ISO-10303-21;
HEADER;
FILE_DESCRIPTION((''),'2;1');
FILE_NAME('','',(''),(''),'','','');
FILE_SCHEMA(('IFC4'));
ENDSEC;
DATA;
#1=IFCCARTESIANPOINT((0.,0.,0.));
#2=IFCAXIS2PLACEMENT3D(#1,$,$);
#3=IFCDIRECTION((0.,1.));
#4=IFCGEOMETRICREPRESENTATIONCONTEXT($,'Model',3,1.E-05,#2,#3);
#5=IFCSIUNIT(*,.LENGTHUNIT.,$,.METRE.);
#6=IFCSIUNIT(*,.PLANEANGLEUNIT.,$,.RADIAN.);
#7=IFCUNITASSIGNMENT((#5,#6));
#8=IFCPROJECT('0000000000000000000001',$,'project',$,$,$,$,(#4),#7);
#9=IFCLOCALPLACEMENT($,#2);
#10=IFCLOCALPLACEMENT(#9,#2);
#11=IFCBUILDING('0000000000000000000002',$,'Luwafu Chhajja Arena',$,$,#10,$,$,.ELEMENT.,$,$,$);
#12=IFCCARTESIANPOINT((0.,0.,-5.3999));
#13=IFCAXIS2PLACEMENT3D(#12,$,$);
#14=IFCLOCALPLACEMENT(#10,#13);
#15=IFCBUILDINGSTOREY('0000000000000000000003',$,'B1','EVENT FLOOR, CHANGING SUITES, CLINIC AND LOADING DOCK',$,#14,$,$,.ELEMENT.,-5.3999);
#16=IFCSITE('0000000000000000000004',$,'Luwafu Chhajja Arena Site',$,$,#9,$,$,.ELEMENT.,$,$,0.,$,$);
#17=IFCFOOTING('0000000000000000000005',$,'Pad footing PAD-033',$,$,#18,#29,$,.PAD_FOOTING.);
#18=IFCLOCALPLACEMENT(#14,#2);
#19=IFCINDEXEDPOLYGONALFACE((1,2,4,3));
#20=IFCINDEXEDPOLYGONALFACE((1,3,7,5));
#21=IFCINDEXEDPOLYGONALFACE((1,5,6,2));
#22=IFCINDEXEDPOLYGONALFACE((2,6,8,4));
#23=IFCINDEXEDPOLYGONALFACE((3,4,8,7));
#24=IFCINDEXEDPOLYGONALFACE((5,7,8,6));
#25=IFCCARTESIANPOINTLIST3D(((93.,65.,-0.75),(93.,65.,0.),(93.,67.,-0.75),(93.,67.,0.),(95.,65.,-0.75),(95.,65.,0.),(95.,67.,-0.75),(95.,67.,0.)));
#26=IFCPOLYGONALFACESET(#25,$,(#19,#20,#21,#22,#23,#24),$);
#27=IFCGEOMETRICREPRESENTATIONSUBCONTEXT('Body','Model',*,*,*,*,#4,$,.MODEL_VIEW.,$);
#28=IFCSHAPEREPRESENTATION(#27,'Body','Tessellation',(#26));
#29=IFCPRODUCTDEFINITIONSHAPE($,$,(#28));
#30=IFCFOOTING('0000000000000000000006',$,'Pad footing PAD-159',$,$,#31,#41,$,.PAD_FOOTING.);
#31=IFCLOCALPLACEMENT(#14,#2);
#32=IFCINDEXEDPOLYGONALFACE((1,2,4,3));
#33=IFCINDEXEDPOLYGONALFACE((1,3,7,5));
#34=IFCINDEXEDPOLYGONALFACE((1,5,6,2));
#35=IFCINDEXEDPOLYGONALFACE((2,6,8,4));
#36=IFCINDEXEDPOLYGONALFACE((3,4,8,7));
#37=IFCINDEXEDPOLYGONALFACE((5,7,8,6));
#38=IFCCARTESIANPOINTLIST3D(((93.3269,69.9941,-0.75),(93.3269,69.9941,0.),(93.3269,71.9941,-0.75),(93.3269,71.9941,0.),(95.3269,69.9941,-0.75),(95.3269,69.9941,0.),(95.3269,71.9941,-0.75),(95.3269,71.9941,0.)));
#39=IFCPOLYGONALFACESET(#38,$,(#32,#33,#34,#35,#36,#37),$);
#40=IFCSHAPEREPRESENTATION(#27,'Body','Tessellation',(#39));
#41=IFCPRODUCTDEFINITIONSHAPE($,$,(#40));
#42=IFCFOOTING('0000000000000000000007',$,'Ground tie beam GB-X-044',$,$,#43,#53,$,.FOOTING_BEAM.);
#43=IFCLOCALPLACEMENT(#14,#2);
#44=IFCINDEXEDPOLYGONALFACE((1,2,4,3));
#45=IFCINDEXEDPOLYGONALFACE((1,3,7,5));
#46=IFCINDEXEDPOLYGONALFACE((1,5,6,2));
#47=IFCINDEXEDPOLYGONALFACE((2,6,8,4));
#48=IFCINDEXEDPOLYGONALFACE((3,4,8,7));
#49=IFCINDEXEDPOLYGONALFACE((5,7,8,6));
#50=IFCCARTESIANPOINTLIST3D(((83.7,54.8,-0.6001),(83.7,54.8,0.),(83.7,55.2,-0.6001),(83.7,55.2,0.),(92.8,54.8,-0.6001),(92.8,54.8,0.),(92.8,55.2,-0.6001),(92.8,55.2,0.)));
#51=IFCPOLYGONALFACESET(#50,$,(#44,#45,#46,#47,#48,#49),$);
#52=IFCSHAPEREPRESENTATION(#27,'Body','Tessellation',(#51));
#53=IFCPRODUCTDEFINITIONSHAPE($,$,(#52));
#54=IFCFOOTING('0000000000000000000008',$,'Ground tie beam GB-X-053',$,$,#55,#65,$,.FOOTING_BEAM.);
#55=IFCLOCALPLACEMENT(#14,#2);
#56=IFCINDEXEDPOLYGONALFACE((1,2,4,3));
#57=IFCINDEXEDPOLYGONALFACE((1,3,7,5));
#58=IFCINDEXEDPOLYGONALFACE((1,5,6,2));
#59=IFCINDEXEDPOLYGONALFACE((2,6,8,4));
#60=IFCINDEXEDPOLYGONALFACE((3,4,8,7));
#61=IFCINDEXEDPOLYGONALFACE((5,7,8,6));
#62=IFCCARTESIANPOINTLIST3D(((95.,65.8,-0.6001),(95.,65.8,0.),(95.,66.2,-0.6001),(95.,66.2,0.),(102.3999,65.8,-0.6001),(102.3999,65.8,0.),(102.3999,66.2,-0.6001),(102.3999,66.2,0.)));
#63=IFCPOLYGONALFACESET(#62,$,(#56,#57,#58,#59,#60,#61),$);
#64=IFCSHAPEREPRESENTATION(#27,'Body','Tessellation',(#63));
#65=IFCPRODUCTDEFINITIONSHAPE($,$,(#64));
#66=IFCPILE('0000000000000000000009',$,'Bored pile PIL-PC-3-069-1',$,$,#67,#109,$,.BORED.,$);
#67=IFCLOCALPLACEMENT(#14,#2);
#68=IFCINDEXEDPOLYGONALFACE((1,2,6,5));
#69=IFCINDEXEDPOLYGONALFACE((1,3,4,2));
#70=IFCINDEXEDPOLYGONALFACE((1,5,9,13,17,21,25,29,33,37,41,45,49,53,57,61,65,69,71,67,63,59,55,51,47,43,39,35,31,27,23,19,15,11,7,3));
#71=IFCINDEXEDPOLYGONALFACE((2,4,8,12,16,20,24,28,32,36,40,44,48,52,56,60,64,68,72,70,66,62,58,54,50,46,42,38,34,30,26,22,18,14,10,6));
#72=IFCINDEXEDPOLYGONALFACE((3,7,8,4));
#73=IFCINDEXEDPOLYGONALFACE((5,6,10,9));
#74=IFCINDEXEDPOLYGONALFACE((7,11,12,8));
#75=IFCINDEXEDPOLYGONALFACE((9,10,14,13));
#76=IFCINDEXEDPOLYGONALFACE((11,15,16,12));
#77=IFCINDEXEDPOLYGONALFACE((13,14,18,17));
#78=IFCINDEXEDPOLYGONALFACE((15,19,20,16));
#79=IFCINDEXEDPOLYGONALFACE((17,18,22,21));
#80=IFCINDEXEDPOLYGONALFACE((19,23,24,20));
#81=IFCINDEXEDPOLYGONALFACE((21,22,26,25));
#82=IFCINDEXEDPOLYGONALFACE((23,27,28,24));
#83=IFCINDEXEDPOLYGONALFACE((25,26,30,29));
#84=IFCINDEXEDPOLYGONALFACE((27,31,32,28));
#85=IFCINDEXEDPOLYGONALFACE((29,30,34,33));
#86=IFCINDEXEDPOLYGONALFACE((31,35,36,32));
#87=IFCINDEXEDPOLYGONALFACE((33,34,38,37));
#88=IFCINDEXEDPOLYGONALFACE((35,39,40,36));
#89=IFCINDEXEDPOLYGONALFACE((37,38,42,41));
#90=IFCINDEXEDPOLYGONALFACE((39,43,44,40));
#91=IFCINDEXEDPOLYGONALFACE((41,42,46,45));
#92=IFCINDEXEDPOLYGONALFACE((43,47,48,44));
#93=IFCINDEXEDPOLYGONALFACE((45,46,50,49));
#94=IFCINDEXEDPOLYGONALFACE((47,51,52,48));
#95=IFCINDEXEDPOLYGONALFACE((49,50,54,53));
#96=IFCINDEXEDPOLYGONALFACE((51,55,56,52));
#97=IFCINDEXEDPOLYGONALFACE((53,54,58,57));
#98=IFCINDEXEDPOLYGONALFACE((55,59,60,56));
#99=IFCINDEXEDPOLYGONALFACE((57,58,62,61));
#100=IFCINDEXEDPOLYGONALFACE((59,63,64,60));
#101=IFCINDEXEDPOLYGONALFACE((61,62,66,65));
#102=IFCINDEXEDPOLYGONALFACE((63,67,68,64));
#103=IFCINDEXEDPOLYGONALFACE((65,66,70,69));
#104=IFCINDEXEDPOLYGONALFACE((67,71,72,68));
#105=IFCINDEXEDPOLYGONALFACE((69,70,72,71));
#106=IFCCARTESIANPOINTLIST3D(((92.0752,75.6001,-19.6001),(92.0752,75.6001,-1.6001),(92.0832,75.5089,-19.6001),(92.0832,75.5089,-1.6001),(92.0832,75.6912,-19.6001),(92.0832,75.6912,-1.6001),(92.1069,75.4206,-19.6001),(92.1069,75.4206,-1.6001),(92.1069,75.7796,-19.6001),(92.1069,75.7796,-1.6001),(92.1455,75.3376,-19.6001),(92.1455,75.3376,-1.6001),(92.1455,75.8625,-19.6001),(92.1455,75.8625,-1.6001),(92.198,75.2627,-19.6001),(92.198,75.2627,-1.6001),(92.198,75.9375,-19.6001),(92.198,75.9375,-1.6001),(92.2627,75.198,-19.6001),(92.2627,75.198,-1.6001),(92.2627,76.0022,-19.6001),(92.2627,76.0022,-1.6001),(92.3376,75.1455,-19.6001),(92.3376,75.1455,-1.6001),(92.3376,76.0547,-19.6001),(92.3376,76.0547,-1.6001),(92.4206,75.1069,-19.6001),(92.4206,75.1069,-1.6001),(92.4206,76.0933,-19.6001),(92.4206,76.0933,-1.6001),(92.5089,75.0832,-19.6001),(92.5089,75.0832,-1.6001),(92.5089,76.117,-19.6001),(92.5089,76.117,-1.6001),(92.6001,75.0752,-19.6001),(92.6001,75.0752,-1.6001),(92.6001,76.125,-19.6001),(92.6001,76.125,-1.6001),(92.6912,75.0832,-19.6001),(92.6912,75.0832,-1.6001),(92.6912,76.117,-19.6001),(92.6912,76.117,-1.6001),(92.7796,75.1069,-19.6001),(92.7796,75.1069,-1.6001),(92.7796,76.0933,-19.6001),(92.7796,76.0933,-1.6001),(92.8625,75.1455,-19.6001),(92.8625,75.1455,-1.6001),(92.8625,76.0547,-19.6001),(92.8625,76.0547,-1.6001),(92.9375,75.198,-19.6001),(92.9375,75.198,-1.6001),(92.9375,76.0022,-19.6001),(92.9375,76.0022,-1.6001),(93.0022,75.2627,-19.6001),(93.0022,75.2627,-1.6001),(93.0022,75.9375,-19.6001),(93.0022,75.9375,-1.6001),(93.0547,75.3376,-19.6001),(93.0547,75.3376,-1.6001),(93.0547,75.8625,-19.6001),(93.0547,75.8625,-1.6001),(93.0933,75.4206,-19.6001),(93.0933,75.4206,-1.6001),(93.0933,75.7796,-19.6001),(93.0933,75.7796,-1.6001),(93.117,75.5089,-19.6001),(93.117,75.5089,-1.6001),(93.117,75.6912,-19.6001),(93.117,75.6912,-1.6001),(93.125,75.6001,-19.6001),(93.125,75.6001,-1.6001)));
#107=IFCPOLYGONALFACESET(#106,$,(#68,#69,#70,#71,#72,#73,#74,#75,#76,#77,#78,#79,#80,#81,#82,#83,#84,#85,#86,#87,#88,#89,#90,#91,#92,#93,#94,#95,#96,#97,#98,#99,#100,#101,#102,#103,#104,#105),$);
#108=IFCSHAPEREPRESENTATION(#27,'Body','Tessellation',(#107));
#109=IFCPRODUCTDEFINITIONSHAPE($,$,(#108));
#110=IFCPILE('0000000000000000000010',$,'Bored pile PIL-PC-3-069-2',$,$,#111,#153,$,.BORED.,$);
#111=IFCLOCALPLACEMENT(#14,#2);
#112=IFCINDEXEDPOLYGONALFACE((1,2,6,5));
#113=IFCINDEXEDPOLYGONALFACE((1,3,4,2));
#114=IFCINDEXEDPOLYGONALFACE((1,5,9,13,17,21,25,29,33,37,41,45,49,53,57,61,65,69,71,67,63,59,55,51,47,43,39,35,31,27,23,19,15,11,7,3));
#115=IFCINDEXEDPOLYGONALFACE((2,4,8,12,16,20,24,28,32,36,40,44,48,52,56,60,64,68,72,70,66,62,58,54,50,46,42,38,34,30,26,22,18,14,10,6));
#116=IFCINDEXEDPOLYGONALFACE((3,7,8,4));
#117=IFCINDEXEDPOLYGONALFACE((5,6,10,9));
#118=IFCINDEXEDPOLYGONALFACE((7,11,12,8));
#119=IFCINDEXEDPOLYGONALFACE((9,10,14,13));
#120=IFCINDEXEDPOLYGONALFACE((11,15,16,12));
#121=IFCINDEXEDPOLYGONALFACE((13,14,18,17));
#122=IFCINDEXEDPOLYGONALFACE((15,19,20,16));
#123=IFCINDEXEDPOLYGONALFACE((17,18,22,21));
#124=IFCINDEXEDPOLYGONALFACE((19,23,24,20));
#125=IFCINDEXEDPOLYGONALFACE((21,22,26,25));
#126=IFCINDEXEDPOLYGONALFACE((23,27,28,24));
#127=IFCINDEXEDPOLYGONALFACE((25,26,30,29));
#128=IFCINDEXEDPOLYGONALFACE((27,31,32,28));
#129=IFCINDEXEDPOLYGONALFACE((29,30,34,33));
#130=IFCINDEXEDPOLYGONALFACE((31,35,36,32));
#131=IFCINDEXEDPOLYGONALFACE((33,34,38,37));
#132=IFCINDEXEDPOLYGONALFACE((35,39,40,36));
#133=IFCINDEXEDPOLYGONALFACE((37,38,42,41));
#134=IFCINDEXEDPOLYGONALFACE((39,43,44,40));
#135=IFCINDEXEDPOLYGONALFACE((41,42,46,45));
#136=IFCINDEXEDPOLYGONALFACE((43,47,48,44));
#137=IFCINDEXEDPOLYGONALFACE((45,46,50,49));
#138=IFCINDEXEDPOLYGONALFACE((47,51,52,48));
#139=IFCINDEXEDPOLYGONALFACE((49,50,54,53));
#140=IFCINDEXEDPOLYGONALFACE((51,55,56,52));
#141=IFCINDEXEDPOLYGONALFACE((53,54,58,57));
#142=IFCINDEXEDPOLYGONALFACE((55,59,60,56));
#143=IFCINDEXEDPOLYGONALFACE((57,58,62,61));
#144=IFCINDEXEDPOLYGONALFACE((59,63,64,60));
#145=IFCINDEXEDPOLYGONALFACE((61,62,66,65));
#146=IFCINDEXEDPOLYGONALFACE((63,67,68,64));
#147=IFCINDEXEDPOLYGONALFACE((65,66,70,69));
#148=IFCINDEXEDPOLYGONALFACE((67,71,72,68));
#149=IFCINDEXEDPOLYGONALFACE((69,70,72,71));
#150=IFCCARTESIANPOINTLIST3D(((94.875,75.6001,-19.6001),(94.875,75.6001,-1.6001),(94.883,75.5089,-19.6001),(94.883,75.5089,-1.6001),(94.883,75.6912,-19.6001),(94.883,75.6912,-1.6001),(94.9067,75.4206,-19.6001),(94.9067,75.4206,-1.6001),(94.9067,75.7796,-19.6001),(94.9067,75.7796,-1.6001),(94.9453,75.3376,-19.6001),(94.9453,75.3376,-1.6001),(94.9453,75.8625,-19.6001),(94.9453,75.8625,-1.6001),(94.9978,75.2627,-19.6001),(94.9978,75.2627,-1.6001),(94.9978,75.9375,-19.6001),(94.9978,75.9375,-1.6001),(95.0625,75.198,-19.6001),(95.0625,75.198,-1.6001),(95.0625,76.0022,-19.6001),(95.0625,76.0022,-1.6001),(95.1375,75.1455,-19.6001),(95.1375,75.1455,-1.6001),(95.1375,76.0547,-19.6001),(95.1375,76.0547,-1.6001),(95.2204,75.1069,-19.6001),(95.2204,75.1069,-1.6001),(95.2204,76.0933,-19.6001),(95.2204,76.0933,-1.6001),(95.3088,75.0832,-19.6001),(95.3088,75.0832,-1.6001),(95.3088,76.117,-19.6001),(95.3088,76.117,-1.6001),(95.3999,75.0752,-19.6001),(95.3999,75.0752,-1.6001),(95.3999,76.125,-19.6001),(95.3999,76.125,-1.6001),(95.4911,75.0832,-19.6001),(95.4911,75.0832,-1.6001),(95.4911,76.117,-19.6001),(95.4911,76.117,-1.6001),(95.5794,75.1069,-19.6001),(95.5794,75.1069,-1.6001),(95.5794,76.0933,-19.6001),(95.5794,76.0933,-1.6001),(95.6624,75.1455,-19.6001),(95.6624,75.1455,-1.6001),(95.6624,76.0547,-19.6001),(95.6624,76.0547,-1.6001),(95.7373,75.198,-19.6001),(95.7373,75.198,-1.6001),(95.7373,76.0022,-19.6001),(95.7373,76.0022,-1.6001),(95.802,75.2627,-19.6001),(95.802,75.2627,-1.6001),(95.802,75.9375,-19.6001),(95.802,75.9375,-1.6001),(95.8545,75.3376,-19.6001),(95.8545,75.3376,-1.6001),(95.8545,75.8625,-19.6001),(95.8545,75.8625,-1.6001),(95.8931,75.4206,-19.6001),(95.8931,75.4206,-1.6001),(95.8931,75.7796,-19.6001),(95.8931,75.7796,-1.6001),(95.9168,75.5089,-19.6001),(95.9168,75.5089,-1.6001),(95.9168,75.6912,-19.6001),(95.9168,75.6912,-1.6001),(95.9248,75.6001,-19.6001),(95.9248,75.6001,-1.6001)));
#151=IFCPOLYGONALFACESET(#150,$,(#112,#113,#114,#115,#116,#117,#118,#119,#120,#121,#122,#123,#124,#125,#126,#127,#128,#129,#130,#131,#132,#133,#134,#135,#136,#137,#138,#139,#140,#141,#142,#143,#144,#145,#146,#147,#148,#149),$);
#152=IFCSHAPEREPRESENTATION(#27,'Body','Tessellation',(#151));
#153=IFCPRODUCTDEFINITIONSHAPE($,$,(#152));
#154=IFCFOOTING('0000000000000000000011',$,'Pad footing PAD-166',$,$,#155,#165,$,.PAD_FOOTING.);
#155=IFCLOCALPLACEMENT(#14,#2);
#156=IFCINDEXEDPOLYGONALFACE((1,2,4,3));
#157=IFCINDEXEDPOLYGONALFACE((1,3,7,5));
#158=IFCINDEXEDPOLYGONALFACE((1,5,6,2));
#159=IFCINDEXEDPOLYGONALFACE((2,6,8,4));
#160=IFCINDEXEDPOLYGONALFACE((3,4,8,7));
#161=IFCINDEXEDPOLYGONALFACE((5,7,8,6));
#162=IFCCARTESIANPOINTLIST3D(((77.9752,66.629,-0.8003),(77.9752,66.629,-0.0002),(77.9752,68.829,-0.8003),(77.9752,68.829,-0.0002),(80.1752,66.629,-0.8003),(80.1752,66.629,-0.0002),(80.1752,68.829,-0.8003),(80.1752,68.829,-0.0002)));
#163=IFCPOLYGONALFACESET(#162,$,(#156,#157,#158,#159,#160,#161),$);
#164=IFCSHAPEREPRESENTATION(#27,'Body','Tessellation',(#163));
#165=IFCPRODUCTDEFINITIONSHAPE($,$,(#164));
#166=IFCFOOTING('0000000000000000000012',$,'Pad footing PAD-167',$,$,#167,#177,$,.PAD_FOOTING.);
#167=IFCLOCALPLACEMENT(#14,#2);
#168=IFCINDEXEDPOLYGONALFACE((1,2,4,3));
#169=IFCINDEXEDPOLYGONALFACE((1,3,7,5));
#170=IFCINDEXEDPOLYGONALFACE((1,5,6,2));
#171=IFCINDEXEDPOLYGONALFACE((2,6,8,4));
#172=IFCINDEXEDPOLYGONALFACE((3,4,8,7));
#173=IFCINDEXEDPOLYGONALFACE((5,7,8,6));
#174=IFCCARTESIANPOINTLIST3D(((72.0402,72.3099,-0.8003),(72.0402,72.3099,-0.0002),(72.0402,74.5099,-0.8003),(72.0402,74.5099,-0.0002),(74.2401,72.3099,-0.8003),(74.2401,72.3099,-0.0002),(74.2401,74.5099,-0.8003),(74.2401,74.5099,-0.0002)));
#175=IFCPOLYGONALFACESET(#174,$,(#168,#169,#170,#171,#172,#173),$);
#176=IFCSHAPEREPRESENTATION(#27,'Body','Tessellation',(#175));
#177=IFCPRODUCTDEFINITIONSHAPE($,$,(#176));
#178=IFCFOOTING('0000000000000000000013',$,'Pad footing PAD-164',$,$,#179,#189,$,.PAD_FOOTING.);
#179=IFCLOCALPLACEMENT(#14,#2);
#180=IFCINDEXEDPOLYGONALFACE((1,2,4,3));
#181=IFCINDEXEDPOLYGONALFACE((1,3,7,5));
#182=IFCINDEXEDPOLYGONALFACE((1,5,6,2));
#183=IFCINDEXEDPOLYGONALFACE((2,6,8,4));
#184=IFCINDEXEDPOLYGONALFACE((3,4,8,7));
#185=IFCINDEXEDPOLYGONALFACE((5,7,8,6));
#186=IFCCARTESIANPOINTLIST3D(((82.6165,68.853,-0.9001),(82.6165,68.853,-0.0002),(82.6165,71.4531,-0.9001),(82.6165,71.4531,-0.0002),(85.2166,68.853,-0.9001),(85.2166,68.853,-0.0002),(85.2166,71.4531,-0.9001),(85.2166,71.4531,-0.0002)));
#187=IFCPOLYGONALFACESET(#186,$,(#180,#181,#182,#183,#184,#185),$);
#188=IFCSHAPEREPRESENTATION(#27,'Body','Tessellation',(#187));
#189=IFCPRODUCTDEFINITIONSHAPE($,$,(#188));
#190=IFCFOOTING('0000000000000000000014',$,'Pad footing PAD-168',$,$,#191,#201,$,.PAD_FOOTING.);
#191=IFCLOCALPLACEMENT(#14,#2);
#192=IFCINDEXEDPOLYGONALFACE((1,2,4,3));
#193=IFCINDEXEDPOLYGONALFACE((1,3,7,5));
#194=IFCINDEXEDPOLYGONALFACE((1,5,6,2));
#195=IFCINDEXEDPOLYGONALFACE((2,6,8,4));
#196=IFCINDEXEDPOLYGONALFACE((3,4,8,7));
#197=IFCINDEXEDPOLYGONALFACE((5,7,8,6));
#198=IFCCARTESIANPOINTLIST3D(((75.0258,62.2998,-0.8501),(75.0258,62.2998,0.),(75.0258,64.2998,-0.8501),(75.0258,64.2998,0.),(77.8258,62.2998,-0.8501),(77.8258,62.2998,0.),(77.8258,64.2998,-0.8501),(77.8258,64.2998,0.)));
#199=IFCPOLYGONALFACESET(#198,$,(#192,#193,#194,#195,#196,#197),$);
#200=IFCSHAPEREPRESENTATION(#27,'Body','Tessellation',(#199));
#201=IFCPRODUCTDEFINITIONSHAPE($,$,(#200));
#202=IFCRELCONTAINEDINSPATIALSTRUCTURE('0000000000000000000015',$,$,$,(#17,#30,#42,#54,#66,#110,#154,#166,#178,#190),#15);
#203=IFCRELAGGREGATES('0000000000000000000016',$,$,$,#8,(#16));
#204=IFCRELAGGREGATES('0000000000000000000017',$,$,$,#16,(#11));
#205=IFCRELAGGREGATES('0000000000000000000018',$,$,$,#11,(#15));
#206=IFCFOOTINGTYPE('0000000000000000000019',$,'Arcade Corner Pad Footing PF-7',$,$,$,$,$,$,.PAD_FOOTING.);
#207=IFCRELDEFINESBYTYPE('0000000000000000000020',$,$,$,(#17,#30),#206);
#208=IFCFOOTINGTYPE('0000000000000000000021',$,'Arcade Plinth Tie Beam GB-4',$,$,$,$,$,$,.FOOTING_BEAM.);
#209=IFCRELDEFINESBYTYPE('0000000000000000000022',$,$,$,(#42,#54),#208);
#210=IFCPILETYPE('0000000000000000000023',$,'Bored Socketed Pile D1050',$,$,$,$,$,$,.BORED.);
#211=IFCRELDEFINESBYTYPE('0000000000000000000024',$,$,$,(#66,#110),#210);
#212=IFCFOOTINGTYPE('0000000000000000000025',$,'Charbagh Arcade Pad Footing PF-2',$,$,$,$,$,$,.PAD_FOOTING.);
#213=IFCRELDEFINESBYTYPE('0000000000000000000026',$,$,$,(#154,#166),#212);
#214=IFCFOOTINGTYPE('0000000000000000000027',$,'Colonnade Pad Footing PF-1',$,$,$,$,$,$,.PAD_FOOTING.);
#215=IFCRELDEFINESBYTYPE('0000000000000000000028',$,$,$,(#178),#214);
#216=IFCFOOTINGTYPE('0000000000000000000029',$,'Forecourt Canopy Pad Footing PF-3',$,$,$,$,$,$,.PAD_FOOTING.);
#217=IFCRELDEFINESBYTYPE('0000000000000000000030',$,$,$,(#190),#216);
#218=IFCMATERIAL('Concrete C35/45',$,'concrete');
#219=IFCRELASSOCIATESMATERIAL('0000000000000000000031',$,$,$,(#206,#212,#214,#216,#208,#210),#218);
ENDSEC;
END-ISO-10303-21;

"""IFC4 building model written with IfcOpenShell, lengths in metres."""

from ifc_helpers import new_model, si_unit, direction, frame, origin, origin_2d, place, context, subcontext, project, spatial, rectangle, circle, extrude, material, material_profile, profile_set, type_object, element, save


model = new_model("IFC4")

# Units and contexts
model_context = context("Model", 3, precision=1e-05, world=origin(), true_north=direction((0.0, 1.0)))
body_context = subcontext(model_context, "Body", "Model", "MODEL_VIEW")
ifc_project = project(units=[si_unit("LENGTHUNIT", "METRE"), si_unit("PLANEANGLEUNIT", "RADIAN")], contexts=[model_context])

# Site, building, storey
site_placement = place(None, origin())
site = spatial("IfcSite", under=ifc_project, at=site_placement, Name="Luwafu Chhajja Arena Site", CompositionType="ELEMENT", RefElevation=0.0)
building_placement = place(site_placement, origin())
building = spatial("IfcBuilding", under=site, at=building_placement, Name="Luwafu Chhajja Arena", CompositionType="ELEMENT")
storey_placement = place(building_placement, frame((0.0, 0.0, -5.3999)))
storey = spatial("IfcBuildingStorey", under=building, at=storey_placement, Name="B1", Description="EVENT FLOOR, CHANGING SUITES, CLINIC AND LOADING DOCK", CompositionType="ELEMENT", Elevation=-5.3999)

# Footings
ifc_material_1 = material(Name="Concrete C35/45", Category="concrete")
footing_type_1 = type_object("IfcFootingType", Name="Arcade Corner Pad Footing PF-7", PredefinedType="PAD_FOOTING", material=ifc_material_1)
for number, where, z_axis, x_axis, name in (
    (1, (94.0, 66.0, -0.75), (0.0, 0.0, 1.0), (1.0, 0.0, 0.0), "Pad footing PAD-033"),
    (2, (94.3269, 70.9941, -0.75), (0.0, 0.0, 1.0), (1.0, 0.0, 0.0), "Pad footing PAD-159"),
):
    element("IfcFooting", number, at=place(storey_placement, frame(where, z_axis=z_axis, x_axis=x_axis)), inside=storey, type_object=footing_type_1, Name=name, PredefinedType="PAD_FOOTING", context=body_context, shape_type="SweptSolid", body=[
        extrude(rectangle(XDim=2.0, YDim=2.0, at=origin_2d()), origin(), (0.0, 0.0, 1.0), 0.75),
    ])
ifc_material_profile_1 = material_profile(ifc_material_1, rectangle(XDim=0.3999, YDim=0.6001, at=origin_2d()), Name="RC 400x600")
ifc_profile_set_1 = profile_set([ifc_material_profile_1], Name="Concrete C35/45")
footing_type_2 = type_object("IfcFootingType", Name="Arcade Plinth Tie Beam GB-4", PredefinedType="FOOTING_BEAM", material=ifc_profile_set_1)
footing_1_placement = place(storey_placement, frame((83.7, 55.0, -0.3), z_axis=(1.0, 0.0, 0.0), x_axis=(0.0, 1.0, 0.0)))
element("IfcFooting", 3, at=footing_1_placement, inside=storey, type_object=footing_type_2, Name="Ground tie beam GB-X-044", PredefinedType="FOOTING_BEAM", context=body_context, shape_type="SweptSolid", body=[
    extrude(rectangle(XDim=0.3999, YDim=0.6001, at=origin_2d()), origin(), (0.0, 0.0, 1.0), 9.1001),
])
footing_2_placement = place(storey_placement, frame((95.0, 66.0, -0.3), z_axis=(1.0, 0.0, 0.0), x_axis=(0.0, 1.0, 0.0)))
element("IfcFooting", 4, at=footing_2_placement, inside=storey, type_object=footing_type_2, Name="Ground tie beam GB-X-053", PredefinedType="FOOTING_BEAM", context=body_context, shape_type="SweptSolid", body=[
    extrude(rectangle(XDim=0.3999, YDim=0.6001, at=origin_2d()), origin(), (0.0, 0.0, 1.0), 7.3999),
])

# Piles
ifc_material_profile_2 = material_profile(ifc_material_1, circle(Radius=0.5249, at=origin_2d()), Name="PILE D1050")
ifc_profile_set_2 = profile_set([ifc_material_profile_2], Name="Concrete C35/45")
pile_type = type_object("IfcPileType", Name="Bored Socketed Pile D1050", PredefinedType="BORED", material=ifc_profile_set_2)
for number, where, z_axis, x_axis, name in (
    (5, (92.6001, 75.6001, -1.6001), (0.0, 0.0, -1.0), (1.0, 0.0, 0.0), "Bored pile PIL-PC-3-069-1"),
    (6, (95.3999, 75.6001, -1.6001), (0.0, 0.0, -1.0), (1.0, 0.0, 0.0), "Bored pile PIL-PC-3-069-2"),
):
    element("IfcPile", number, at=place(storey_placement, frame(where, z_axis=z_axis, x_axis=x_axis)), inside=storey, type_object=pile_type, Name=name, PredefinedType="BORED", context=body_context, shape_type="SweptSolid", body=[
        extrude(circle(Radius=0.5249, at=origin_2d()), origin(), (0.0, 0.0, 1.0), 18.0),
    ])

# Footings
footing_type_3 = type_object("IfcFootingType", Name="Charbagh Arcade Pad Footing PF-2", PredefinedType="PAD_FOOTING", material=ifc_material_1)
for number, where, z_axis, x_axis, name in (
    (7, (79.0752, 67.729, -0.8003), (0.0, 0.0, 1.0), (1.0, 0.0, 0.0), "Pad footing PAD-166"),
    (8, (73.1401, 73.4099, -0.8003), (0.0, 0.0, 1.0), (1.0, 0.0, 0.0), "Pad footing PAD-167"),
):
    element("IfcFooting", number, at=place(storey_placement, frame(where, z_axis=z_axis, x_axis=x_axis)), inside=storey, type_object=footing_type_3, Name=name, PredefinedType="PAD_FOOTING", context=body_context, shape_type="SweptSolid", body=[
        extrude(rectangle(XDim=2.2, YDim=2.2, at=origin_2d()), origin(), (0.0, 0.0, 1.0), 0.8),
    ])
footing_type_4 = type_object("IfcFootingType", Name="Colonnade Pad Footing PF-1", PredefinedType="PAD_FOOTING", material=ifc_material_1)
footing_3_placement = place(storey_placement, frame((83.9165, 70.1531, -0.9001), z_axis=(0.0, 0.0, 1.0), x_axis=(1.0, 0.0, 0.0)))
element("IfcFooting", 9, at=footing_3_placement, inside=storey, type_object=footing_type_4, Name="Pad footing PAD-164", PredefinedType="PAD_FOOTING", context=body_context, shape_type="SweptSolid", body=[
    extrude(rectangle(XDim=2.6001, YDim=2.6001, at=origin_2d()), origin(), (0.0, 0.0, 1.0), 0.8999),
])
footing_type_5 = type_object("IfcFootingType", Name="Forecourt Canopy Pad Footing PF-3", PredefinedType="PAD_FOOTING", material=ifc_material_1)
footing_4_placement = place(storey_placement, frame((76.4258, 63.2998, -0.8501), z_axis=(0.0, 0.0, 1.0), x_axis=(1.0, 0.0, 0.0)))
element("IfcFooting", 10, at=footing_4_placement, inside=storey, type_object=footing_type_5, Name="Pad footing PAD-168", PredefinedType="PAD_FOOTING", context=body_context, shape_type="SweptSolid", body=[
    extrude(rectangle(XDim=2.8, YDim=2.0, at=origin_2d()), origin(), (0.0, 0.0, 1.0), 0.8501),
])

save(model, "model.ifc")
